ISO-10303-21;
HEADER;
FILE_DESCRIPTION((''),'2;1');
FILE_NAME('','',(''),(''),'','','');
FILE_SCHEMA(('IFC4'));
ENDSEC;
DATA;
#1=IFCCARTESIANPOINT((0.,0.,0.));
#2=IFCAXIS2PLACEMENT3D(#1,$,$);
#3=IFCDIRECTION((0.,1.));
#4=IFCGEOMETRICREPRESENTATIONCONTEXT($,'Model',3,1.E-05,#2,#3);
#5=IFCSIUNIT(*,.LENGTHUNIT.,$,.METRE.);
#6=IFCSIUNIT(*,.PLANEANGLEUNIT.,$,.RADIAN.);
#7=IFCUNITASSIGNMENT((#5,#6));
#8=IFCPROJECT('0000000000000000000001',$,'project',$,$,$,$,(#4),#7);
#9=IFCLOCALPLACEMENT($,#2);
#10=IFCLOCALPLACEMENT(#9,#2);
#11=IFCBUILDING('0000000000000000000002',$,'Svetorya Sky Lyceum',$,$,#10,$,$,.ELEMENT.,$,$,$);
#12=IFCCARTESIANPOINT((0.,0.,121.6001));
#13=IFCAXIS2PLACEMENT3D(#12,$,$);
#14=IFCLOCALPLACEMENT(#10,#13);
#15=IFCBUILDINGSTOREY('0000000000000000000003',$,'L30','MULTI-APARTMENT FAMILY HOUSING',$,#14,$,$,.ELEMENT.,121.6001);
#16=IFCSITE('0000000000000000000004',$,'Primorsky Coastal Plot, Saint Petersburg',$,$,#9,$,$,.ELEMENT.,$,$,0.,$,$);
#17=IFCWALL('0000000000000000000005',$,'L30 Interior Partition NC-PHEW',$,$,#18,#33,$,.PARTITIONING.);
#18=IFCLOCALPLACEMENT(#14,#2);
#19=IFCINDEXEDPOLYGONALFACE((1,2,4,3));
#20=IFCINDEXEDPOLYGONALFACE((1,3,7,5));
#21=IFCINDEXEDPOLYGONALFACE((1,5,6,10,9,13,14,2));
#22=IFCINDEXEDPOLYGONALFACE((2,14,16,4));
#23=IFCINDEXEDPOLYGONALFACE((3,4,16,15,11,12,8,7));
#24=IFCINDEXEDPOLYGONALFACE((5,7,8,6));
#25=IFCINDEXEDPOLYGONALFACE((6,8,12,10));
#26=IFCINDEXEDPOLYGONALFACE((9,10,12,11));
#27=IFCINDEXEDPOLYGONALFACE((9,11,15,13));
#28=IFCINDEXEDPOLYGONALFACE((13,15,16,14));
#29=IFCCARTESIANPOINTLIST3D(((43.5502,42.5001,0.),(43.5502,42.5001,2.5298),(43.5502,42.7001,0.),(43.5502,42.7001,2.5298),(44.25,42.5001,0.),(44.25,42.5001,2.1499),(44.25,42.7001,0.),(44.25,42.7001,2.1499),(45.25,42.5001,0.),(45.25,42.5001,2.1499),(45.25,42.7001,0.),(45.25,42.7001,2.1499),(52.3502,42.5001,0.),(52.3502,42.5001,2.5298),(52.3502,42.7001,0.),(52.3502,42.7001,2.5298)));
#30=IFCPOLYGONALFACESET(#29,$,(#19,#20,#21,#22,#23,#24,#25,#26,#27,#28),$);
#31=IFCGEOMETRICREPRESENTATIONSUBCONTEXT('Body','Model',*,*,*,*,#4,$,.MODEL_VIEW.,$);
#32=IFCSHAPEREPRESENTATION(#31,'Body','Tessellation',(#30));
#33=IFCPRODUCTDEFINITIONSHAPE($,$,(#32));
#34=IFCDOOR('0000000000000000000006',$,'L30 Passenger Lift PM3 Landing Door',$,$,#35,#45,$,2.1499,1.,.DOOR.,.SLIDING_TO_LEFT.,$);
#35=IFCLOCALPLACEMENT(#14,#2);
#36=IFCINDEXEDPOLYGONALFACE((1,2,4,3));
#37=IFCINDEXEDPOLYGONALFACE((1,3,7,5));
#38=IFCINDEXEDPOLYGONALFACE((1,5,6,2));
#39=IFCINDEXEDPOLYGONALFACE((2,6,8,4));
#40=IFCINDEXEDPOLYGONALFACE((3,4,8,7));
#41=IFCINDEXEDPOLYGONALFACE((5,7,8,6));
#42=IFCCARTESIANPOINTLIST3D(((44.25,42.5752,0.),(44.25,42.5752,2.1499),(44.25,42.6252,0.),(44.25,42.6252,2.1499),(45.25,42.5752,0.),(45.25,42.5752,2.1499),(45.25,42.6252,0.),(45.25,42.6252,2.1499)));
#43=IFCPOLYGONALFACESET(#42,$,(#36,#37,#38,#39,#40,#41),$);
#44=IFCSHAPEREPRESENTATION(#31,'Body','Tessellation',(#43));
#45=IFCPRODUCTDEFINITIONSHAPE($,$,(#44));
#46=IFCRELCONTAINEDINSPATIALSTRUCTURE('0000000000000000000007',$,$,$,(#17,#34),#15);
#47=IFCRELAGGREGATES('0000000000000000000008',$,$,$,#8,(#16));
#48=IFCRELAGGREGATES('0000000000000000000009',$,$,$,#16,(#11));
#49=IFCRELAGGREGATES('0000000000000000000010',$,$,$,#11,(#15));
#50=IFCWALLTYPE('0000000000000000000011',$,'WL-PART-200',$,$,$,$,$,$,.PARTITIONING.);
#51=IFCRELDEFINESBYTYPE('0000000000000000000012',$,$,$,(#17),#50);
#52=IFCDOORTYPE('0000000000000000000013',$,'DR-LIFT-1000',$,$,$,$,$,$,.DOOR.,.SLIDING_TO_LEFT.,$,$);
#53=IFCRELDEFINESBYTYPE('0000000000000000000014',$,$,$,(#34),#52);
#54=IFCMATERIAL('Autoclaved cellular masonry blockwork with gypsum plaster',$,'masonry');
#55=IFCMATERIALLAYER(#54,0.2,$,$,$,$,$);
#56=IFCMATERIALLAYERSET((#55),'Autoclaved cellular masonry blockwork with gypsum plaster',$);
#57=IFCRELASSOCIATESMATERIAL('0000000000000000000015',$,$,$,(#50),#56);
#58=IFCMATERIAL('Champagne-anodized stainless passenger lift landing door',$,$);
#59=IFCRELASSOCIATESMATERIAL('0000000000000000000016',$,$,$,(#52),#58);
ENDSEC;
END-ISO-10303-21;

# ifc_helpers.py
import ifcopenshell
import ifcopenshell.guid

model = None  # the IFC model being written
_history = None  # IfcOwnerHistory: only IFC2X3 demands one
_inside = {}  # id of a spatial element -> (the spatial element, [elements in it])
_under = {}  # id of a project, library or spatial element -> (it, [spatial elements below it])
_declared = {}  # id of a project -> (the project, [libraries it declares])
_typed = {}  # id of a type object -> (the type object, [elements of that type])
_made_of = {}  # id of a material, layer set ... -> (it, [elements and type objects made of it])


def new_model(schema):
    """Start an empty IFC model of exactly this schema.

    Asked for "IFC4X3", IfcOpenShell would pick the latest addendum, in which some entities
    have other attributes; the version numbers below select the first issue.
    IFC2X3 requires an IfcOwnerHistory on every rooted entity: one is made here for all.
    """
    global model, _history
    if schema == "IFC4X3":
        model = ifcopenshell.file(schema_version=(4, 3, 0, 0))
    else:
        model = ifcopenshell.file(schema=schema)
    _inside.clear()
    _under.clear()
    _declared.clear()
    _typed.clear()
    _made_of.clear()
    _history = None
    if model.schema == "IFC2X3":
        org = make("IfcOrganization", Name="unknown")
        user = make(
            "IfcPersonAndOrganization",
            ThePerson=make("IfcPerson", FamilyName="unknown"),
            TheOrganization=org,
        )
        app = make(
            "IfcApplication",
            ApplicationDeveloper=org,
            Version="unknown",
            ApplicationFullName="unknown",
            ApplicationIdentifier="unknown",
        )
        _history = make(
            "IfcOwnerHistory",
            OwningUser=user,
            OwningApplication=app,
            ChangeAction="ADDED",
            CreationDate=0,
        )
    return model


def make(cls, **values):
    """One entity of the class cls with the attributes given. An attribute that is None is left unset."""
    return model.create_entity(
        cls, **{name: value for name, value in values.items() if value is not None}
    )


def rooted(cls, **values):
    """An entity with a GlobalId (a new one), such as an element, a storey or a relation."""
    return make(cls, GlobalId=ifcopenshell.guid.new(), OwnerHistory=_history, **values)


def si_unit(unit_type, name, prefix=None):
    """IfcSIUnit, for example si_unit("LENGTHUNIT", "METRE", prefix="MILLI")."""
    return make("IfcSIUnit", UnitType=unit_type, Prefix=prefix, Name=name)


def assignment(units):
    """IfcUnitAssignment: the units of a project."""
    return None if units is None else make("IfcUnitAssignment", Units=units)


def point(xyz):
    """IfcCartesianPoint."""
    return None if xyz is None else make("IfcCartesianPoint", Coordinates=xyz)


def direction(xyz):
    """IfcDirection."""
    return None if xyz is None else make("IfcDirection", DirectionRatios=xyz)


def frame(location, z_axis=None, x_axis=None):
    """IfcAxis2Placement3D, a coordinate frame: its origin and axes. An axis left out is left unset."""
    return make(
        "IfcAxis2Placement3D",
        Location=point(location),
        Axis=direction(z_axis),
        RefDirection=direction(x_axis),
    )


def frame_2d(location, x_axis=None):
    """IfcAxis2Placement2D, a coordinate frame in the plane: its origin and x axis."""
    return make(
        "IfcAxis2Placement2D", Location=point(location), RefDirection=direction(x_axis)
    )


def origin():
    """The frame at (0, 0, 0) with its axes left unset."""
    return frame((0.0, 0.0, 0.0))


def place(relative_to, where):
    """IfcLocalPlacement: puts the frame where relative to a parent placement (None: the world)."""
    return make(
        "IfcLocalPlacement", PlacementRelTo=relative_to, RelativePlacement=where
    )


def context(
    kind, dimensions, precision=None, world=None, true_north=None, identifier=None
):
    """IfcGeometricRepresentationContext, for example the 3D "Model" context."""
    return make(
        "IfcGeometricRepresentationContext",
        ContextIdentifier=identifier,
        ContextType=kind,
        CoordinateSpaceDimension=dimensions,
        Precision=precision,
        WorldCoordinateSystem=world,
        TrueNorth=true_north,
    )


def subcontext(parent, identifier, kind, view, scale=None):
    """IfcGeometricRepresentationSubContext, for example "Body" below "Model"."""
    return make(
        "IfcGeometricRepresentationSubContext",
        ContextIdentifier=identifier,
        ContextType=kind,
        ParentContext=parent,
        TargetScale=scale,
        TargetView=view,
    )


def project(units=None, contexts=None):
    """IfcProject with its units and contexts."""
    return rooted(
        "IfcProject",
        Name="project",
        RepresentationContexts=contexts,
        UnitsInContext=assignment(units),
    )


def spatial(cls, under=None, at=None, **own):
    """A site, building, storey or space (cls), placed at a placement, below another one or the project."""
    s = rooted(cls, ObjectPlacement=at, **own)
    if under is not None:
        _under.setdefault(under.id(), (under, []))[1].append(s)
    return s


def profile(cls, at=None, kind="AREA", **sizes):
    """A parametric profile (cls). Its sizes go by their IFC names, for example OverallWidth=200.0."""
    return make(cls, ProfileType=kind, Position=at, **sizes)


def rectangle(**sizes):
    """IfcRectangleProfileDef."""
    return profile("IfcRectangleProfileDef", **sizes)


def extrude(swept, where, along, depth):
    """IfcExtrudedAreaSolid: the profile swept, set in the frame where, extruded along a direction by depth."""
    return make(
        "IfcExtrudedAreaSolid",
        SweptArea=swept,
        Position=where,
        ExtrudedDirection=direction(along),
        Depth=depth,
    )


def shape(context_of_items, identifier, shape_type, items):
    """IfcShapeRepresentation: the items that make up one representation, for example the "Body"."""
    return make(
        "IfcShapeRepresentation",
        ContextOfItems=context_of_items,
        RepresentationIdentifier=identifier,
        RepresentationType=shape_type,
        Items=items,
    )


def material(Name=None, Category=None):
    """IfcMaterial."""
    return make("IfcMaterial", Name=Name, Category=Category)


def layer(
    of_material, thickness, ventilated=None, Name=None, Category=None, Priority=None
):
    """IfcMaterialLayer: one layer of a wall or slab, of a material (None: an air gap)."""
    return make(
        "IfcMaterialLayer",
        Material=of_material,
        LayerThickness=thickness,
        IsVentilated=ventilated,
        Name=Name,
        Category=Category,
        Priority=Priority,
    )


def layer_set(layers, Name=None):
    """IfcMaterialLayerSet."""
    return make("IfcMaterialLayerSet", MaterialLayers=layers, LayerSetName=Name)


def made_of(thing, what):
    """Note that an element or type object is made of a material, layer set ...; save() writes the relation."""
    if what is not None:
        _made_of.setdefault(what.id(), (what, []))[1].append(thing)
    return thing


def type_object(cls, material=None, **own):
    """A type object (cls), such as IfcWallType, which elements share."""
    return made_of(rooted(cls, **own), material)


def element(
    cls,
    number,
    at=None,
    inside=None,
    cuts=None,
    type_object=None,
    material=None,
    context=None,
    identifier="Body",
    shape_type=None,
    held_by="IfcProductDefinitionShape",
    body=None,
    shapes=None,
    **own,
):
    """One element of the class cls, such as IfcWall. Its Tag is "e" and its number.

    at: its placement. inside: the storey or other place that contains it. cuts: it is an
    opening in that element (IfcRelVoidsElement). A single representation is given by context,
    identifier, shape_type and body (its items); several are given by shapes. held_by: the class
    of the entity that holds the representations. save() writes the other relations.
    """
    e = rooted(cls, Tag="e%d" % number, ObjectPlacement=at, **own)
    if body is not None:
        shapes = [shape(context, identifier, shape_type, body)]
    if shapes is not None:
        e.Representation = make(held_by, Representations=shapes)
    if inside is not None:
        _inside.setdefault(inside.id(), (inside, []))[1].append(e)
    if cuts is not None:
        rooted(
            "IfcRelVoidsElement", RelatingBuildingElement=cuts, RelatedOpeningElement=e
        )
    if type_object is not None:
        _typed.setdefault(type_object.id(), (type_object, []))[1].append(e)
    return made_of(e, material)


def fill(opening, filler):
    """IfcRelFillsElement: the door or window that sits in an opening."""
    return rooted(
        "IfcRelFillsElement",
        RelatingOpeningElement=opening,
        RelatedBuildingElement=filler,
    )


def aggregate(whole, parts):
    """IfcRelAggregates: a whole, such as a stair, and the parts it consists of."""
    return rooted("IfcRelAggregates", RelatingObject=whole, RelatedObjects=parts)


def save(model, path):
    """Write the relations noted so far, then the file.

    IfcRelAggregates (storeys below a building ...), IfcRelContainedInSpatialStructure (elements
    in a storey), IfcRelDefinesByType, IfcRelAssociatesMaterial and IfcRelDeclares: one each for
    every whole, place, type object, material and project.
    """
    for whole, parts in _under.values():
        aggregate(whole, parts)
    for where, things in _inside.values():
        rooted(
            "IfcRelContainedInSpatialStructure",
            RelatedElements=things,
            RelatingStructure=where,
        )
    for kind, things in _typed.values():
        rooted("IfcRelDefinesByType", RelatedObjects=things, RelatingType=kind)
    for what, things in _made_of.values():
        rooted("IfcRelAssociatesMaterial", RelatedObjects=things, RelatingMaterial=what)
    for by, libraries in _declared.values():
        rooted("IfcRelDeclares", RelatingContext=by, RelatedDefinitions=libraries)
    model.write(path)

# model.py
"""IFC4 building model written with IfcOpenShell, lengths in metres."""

from ifc_helpers import new_model, si_unit, direction, frame, frame_2d, origin, place, context, subcontext, project, spatial, rectangle, extrude, material, layer, layer_set, type_object, element, fill, save


model = new_model("IFC4")

# Units and contexts
model_context = context("Model", 3, precision=1e-05, world=origin(), true_north=direction((0.0, 1.0)))
body_context = subcontext(model_context, "Body", "Model", "MODEL_VIEW")
ifc_project = project(units=[si_unit("LENGTHUNIT", "METRE"), si_unit("PLANEANGLEUNIT", "RADIAN")], contexts=[model_context])

# Site, building, storey
site_placement = place(None, origin())
site = spatial("IfcSite", under=ifc_project, at=site_placement, Name="Primorsky Coastal Plot, Saint Petersburg", CompositionType="ELEMENT", RefElevation=0.0)
building_placement = place(site_placement, origin())
building = spatial("IfcBuilding", under=site, at=building_placement, Name="Svetorya Sky Lyceum", CompositionType="ELEMENT")
storey_placement = place(building_placement, frame((0.0, 0.0, 121.6001)))
storey = spatial("IfcBuildingStorey", under=building, at=storey_placement, Name="L30", Description="MULTI-APARTMENT FAMILY HOUSING", CompositionType="ELEMENT", Elevation=121.6001)

# Wall, opening, door
ifc_material_1 = material(Name="Autoclaved cellular masonry blockwork with gypsum plaster", Category="masonry")
ifc_layer_1 = layer(ifc_material_1, 0.2)
ifc_layer_set_1 = layer_set([ifc_layer_1], Name="Autoclaved cellular masonry blockwork with gypsum plaster")
wall_type_1 = type_object("IfcWallType", Name="WL-PART-200", PredefinedType="PARTITIONING", material=ifc_layer_set_1)
wall_1_placement = place(storey_placement, frame((52.3501, 42.6001, 0.0), z_axis=(0.0, 0.0, 1.0), x_axis=(-1.0, 0.0, 0.0)))
wall_1 = element("IfcWall", 1, at=wall_1_placement, inside=storey, type_object=wall_type_1, Name="L30 Interior Partition NC-PHEW", PredefinedType="PARTITIONING", context=body_context, shape_type="SweptSolid", body=[
    extrude(rectangle(XDim=8.8, YDim=0.2, at=frame_2d((4.3999, 0.0))), origin(), (0.0, 0.0, 1.0), 2.5298),
])
opening_1_placement = place(wall_1_placement, frame((7.1001, 0.0, 0.0)))
opening_1 = element("IfcOpeningElement", 2, at=opening_1_placement, cuts=wall_1, PredefinedType="OPENING", context=body_context, shape_type="SweptSolid", body=[
    extrude(rectangle(XDim=1.0, YDim=2.1499, at=frame_2d((0.5, 1.075))), frame((0.0, 0.1099, 0.0), z_axis=(0.0, -1.0, 0.0), x_axis=(1.0, 0.0, 0.0)), (0.0, 0.0, 1.0), 0.22),
])
ifc_material_2 = material(Name="Champagne-anodized stainless passenger lift landing door")
door_type = type_object("IfcDoorType", Name="DR-LIFT-1000", OperationType="SLIDING_TO_LEFT", PredefinedType="DOOR", material=ifc_material_2)
door_placement = place(opening_1_placement, origin())
door = element("IfcDoor", 3, at=door_placement, inside=storey, type_object=door_type, Name="L30 Passenger Lift PM3 Landing Door", OperationType="SLIDING_TO_LEFT", OverallHeight=2.1499, OverallWidth=1.0, PredefinedType="DOOR", context=body_context, shape_type="SweptSolid", body=[
    extrude(rectangle(XDim=1.0, YDim=2.1499, at=frame_2d((0.5, 1.075))), frame((0.0, 0.0249, 0.0), z_axis=(0.0, -1.0, 0.0), x_axis=(1.0, 0.0, 0.0)), (0.0, 0.0, 1.0), 0.05),
])
fill(opening_1, door)

save(model, "model.ifc")
